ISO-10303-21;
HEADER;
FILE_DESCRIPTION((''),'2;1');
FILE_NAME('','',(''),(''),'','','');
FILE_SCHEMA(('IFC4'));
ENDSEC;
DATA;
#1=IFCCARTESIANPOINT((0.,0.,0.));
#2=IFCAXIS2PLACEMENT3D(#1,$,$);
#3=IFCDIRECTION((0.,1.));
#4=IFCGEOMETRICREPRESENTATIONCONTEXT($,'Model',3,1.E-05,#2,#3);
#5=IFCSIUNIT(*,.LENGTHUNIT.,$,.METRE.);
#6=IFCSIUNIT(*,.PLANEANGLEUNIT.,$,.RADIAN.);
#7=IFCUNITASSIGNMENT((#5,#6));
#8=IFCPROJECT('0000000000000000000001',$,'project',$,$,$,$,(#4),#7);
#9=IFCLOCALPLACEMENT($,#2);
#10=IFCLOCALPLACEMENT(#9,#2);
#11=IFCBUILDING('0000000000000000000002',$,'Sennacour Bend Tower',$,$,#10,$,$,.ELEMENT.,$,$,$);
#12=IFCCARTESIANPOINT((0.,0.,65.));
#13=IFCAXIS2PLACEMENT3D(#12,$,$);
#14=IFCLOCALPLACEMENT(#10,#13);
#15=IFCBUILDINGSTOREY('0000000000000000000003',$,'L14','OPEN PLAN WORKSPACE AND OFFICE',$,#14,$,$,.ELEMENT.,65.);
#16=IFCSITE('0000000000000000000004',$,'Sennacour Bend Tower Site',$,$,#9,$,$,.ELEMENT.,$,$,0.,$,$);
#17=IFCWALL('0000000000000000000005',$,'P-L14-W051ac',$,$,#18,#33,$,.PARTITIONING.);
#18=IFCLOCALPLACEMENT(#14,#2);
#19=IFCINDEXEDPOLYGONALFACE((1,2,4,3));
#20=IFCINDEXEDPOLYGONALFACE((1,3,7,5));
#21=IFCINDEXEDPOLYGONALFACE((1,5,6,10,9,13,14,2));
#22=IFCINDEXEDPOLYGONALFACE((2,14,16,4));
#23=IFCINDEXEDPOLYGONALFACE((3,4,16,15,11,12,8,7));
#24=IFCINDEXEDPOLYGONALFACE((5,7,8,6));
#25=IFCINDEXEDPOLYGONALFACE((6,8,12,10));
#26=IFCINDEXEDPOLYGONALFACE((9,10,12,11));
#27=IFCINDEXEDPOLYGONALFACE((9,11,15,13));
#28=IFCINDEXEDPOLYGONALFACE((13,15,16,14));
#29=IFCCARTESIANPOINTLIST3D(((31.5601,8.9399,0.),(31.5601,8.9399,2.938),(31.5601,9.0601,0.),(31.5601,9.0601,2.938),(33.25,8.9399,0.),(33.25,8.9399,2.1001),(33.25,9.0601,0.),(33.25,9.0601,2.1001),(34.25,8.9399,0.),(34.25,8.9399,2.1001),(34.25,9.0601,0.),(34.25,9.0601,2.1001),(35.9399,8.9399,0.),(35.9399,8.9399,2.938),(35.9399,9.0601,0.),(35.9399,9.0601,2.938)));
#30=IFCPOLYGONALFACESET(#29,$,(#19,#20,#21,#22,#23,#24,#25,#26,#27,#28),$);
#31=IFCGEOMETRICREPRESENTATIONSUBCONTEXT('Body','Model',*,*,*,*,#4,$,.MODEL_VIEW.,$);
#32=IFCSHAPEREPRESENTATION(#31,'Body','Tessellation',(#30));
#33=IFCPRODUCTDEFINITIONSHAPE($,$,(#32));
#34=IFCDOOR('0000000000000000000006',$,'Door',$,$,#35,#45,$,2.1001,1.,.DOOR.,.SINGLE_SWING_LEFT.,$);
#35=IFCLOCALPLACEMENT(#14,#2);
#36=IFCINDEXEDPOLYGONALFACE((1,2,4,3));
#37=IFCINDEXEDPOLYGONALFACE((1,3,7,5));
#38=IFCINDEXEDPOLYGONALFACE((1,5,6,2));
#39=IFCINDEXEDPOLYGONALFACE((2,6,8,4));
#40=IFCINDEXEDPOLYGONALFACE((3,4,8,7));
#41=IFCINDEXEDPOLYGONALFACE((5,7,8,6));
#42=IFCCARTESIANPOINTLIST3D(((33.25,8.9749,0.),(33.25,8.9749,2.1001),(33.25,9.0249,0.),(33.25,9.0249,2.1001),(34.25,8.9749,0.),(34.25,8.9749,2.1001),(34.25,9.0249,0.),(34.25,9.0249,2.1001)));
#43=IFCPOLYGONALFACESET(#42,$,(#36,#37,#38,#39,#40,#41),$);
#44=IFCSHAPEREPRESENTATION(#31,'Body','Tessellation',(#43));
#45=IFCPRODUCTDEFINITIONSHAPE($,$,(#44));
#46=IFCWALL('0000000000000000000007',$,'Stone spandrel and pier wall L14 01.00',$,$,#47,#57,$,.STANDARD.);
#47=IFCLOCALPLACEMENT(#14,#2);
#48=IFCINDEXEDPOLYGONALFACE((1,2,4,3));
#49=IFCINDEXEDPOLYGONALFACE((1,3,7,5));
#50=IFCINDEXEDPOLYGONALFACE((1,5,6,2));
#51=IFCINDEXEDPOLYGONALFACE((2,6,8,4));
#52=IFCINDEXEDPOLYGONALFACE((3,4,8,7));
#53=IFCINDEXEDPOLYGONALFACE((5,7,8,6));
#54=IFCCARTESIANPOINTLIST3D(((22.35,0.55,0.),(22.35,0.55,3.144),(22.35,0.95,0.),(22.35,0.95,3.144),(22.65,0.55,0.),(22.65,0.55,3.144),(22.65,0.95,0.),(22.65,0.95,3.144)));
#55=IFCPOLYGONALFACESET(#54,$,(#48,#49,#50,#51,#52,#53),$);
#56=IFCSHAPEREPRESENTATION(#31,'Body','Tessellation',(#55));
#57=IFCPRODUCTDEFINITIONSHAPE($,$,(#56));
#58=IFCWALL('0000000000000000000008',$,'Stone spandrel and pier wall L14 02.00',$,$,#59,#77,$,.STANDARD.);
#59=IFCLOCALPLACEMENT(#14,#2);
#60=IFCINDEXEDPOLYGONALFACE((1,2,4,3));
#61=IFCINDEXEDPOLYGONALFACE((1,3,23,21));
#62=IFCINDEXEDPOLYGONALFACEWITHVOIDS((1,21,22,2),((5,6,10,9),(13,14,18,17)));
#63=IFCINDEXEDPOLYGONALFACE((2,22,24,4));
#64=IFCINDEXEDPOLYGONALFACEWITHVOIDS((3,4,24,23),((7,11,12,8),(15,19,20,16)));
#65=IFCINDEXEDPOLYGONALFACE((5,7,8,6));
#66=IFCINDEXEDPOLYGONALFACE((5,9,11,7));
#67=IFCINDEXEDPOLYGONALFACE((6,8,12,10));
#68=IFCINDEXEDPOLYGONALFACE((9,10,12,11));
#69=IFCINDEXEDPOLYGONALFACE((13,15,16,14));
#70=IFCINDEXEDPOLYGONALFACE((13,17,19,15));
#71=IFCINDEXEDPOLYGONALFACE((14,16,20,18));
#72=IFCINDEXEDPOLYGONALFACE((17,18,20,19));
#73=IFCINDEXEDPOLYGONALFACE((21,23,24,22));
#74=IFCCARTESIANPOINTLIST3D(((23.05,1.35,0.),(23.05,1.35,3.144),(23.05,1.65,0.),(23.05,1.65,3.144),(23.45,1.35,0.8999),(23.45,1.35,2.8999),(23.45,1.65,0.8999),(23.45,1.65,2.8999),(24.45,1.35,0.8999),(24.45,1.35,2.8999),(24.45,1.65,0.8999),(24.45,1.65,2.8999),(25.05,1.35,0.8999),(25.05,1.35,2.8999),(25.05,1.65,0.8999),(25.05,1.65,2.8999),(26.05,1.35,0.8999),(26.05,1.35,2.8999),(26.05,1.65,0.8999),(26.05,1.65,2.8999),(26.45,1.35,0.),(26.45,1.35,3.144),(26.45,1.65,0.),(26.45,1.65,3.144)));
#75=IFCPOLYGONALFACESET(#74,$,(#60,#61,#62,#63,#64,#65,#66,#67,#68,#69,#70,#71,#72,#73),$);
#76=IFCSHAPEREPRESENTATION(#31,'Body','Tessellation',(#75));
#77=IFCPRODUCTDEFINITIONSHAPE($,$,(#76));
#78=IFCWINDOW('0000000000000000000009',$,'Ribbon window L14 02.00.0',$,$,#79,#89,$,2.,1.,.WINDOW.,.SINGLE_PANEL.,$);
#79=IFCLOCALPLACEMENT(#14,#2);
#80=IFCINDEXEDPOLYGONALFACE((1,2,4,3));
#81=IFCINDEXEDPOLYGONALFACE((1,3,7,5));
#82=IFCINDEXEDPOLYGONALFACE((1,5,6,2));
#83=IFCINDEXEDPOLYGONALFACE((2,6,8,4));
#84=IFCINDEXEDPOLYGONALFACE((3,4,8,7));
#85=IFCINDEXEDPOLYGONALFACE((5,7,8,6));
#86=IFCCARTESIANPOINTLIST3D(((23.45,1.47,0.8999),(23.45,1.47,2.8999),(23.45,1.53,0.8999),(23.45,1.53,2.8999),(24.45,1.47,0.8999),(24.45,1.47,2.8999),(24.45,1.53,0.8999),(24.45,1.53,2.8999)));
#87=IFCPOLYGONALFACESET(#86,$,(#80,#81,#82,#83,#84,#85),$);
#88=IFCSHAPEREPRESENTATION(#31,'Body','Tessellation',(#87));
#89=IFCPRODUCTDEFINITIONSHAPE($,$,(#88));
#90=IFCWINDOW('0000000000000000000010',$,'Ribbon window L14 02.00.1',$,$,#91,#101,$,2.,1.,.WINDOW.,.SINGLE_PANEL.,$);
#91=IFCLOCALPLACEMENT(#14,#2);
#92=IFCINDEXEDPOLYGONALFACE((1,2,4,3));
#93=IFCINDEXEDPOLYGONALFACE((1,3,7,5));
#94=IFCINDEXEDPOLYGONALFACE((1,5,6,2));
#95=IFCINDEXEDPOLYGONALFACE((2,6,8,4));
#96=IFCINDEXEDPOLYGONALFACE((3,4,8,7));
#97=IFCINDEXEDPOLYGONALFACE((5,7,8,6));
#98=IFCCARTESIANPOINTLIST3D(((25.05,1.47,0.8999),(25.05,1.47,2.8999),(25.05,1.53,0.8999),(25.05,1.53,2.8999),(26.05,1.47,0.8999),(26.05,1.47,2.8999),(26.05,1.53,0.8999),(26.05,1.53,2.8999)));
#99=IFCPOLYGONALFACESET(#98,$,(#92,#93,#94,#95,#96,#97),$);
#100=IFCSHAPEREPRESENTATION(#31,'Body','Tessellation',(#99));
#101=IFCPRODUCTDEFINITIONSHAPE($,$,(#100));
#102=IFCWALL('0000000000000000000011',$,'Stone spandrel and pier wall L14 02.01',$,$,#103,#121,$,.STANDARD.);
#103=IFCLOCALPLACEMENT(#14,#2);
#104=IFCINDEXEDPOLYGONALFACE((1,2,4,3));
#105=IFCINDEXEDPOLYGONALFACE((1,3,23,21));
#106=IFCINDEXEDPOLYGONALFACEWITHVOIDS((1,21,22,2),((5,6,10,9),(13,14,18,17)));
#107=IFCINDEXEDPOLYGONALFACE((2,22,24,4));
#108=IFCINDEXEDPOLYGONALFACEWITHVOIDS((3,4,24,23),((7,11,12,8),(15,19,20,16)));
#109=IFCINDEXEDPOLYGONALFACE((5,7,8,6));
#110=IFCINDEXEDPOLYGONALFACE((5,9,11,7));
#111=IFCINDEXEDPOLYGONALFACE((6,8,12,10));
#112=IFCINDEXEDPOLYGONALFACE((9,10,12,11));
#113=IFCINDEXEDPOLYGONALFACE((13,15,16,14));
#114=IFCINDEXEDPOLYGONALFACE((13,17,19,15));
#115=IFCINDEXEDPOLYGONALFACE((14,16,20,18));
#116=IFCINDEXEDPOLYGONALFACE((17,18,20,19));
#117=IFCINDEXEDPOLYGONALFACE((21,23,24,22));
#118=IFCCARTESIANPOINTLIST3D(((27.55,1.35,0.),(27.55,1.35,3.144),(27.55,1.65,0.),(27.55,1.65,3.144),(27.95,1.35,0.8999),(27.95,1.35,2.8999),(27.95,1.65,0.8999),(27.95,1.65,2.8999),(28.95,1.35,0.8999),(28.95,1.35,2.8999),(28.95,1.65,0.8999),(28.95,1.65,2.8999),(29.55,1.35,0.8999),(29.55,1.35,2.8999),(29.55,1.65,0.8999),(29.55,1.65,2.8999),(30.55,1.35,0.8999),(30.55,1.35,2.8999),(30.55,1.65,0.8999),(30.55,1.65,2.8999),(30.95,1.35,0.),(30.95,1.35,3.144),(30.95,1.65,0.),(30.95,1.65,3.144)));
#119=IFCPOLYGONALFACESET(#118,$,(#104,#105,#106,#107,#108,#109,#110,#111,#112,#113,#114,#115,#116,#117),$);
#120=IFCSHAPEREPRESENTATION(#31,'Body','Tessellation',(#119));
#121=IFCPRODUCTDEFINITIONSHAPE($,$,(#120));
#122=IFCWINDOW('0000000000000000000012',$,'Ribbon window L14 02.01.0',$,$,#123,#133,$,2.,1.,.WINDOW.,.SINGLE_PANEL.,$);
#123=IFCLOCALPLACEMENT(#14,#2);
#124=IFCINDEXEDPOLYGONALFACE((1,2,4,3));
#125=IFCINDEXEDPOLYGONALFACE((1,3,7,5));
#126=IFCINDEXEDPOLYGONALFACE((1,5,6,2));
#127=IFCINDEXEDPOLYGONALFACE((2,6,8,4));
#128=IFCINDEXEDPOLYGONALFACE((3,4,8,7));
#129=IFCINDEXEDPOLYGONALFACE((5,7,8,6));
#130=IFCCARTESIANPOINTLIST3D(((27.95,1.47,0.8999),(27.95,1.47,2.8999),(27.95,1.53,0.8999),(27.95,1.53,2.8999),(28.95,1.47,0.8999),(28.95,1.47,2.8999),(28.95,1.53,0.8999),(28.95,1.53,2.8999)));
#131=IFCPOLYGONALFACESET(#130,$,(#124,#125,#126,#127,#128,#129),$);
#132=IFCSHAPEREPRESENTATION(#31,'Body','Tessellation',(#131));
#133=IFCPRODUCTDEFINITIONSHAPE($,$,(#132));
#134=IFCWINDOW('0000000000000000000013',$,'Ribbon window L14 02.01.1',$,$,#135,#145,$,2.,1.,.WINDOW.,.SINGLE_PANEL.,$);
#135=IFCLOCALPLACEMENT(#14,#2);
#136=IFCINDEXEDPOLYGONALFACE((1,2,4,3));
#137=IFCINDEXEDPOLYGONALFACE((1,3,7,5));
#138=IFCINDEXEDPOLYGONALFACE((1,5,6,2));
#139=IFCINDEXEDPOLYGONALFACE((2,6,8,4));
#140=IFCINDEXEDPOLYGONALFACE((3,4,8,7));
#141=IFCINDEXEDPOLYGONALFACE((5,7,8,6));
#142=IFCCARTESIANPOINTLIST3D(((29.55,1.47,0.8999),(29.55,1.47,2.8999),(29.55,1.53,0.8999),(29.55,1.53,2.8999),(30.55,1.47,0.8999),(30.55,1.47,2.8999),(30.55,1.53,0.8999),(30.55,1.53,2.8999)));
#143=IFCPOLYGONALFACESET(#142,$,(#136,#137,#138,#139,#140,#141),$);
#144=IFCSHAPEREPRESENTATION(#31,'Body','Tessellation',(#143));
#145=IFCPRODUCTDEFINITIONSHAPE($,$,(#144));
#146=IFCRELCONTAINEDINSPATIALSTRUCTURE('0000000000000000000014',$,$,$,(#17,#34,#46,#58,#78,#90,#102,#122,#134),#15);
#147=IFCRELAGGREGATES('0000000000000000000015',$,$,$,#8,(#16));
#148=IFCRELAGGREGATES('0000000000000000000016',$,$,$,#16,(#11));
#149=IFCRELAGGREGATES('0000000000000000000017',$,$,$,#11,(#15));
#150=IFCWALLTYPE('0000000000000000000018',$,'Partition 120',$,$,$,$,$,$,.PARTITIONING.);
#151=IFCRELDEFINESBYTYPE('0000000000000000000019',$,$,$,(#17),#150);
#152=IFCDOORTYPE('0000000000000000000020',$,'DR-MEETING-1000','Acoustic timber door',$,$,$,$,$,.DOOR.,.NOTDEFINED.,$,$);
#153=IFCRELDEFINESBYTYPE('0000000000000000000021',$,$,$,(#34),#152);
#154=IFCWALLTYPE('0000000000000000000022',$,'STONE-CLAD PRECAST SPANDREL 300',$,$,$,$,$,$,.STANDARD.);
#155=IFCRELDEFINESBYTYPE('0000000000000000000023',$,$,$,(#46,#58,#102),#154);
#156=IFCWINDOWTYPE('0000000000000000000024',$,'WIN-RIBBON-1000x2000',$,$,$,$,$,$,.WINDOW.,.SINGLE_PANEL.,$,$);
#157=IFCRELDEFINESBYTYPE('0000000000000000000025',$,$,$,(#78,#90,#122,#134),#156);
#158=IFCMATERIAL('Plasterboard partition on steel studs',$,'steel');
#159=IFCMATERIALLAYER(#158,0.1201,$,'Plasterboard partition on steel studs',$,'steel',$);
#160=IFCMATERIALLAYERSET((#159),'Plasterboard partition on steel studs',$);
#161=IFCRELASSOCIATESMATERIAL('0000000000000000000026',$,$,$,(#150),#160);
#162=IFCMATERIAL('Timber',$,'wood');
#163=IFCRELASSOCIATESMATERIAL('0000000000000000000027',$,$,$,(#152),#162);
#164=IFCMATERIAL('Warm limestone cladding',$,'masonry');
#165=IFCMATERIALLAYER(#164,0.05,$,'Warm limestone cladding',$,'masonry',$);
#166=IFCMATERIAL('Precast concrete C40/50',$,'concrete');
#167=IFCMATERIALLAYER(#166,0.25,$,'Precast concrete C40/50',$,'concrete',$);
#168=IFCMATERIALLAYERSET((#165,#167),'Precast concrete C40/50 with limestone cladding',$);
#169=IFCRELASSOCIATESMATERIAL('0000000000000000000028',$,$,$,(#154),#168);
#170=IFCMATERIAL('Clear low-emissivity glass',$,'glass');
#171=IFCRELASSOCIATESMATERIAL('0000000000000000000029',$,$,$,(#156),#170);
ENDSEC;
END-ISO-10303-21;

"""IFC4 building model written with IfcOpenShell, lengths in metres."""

from ifc_helpers import new_model, si_unit, direction, frame, frame_2d, origin, place, context, subcontext, project, spatial, rectangle, extrude, material, layer, layer_set, type_object, element, fill, save


model = new_model("IFC4")

# Units and contexts
model_context = context("Model", 3, precision=1e-05, world=origin(), true_north=direction((0.0, 1.0)))
body_context = subcontext(model_context, "Body", "Model", "MODEL_VIEW")
ifc_project = project(units=[si_unit("LENGTHUNIT", "METRE"), si_unit("PLANEANGLEUNIT", "RADIAN")], contexts=[model_context])

# Site, building, storey
site_placement = place(None, origin())
site = spatial("IfcSite", under=ifc_project, at=site_placement, Name="Sennacour Bend Tower Site", CompositionType="ELEMENT", RefElevation=0.0)
building_placement = place(site_placement, origin())
building = spatial("IfcBuilding", under=site, at=building_placement, Name="Sennacour Bend Tower", CompositionType="ELEMENT")
storey_placement = place(building_placement, frame((0.0, 0.0, 65.0)))
storey = spatial("IfcBuildingStorey", under=building, at=storey_placement, Name="L14", Description="OPEN PLAN WORKSPACE AND OFFICE", CompositionType="ELEMENT", Elevation=65.0)

# Shared definitions
ifc_material_1 = material(Name="Plasterboard partition on steel studs", Category="steel")
ifc_layer_1 = layer(ifc_material_1, 0.1201, Name="Plasterboard partition on steel studs", Category="steel")
ifc_layer_set_1 = layer_set([ifc_layer_1], Name="Plasterboard partition on steel studs")
wall_type_1 = type_object("IfcWallType", Name="Partition 120", PredefinedType="PARTITIONING", material=ifc_layer_set_1)

# Wall, opening, door
wall_1_placement = place(storey_placement, frame((31.5601, 9.0, 0.0), z_axis=(0.0, 0.0, 1.0), x_axis=(1.0, 0.0, 0.0)))
wall_1 = element("IfcWall", 1, at=wall_1_placement, inside=storey, type_object=wall_type_1, Name="P-L14-W051ac", PredefinedType="PARTITIONING", context=body_context, shape_type="SweptSolid", body=[
    extrude(rectangle(XDim=4.3799, YDim=0.1201, at=frame_2d((2.1899, 0.0))), origin(), (0.0, 0.0, 1.0), 2.938),
])
opening_1_placement = place(wall_1_placement, frame((1.6899, 0.0, 0.0)))
opening_1 = element("IfcOpeningElement", 2, at=opening_1_placement, cuts=wall_1, PredefinedType="OPENING", context=body_context, shape_type="SweptSolid", body=[
    extrude(rectangle(XDim=1.0, YDim=2.1001, at=frame_2d((0.5, 1.05))), frame((0.0, 0.0701, 0.0), z_axis=(0.0, -1.0, 0.0), x_axis=(1.0, 0.0, 0.0)), (0.0, 0.0, 1.0), 0.1401),
])
ifc_material_2 = material(Name="Timber", Category="wood")
door_type = type_object("IfcDoorType", Name="DR-MEETING-1000", Description="Acoustic timber door", OperationType="NOTDEFINED", PredefinedType="DOOR", material=ifc_material_2)
door_placement = place(opening_1_placement, origin())
door = element("IfcDoor", 3, at=door_placement, inside=storey, type_object=door_type, Name="Door", OperationType="SINGLE_SWING_LEFT", OverallHeight=2.1001, OverallWidth=1.0, PredefinedType="DOOR", context=body_context, shape_type="SweptSolid", body=[
    extrude(rectangle(XDim=1.0, YDim=2.1001, at=frame_2d((0.5, 1.05))), frame((0.0, 0.0249, 0.0), z_axis=(0.0, -1.0, 0.0), x_axis=(1.0, 0.0, 0.0)), (0.0, 0.0, 1.0), 0.05),
])
fill(opening_1, door)

# Wall
ifc_material_3 = material(Name="Warm limestone cladding", Category="masonry")
ifc_layer_2 = layer(ifc_material_3, 0.05, Name="Warm limestone cladding", Category="masonry")
ifc_material_4 = material(Name="Precast concrete C40/50", Category="concrete")
ifc_layer_3 = layer(ifc_material_4, 0.25, Name="Precast concrete C40/50", Category="concrete")
ifc_layer_set_2 = layer_set([ifc_layer_2, ifc_layer_3], Name="Precast concrete C40/50 with limestone cladding")
wall_type_2 = type_object("IfcWallType", Name="STONE-CLAD PRECAST SPANDREL 300", PredefinedType="STANDARD", material=ifc_layer_set_2)
wall_2_placement = place(storey_placement, frame((22.5, 0.55, 0.0), z_axis=(0.0, 0.0, 1.0), x_axis=(0.0, 1.0, 0.0)))
element("IfcWall", 4, at=wall_2_placement, inside=storey, type_object=wall_type_2, Name="Stone spandrel and pier wall L14 01.00", PredefinedType="STANDARD", context=body_context, shape_type="SweptSolid", body=[
    extrude(rectangle(XDim=0.3999, YDim=0.3, at=frame_2d((0.2, 0.0))), origin(), (0.0, 0.0, 1.0), 3.144),
])

# Walls, openings, windows
wall_3_placement = place(storey_placement, frame((23.05, 1.5, 0.0), z_axis=(0.0, 0.0, 1.0), x_axis=(1.0, 0.0, 0.0)))
wall_3 = element("IfcWall", 5, at=wall_3_placement, inside=storey, type_object=wall_type_2, Name="Stone spandrel and pier wall L14 02.00", PredefinedType="STANDARD", context=body_context, shape_type="SweptSolid", body=[
    extrude(rectangle(XDim=3.3999, YDim=0.3, at=frame_2d((1.7, 0.0))), origin(), (0.0, 0.0, 1.0), 3.144),
])
opening_2_placement = place(wall_3_placement, frame((0.3999, 0.0, 0.8999)))
opening_2 = element("IfcOpeningElement", 6, at=opening_2_placement, cuts=wall_3, PredefinedType="OPENING", context=body_context, shape_type="SweptSolid", body=[
    extrude(rectangle(XDim=1.0, YDim=2.0, at=frame_2d((0.5, 1.0))), frame((0.0, 0.1602, 0.0), z_axis=(0.0, -1.0, 0.0), x_axis=(1.0, 0.0, 0.0)), (0.0, 0.0, 1.0), 0.3201),
])
opening_3_placement = place(wall_3_placement, frame((2.0, 0.0, 0.8999)))
opening_3 = element("IfcOpeningElement", 7, at=opening_3_placement, cuts=wall_3, PredefinedType="OPENING", context=body_context, shape_type="SweptSolid", body=[
    extrude(rectangle(XDim=1.0, YDim=2.0, at=frame_2d((0.5, 1.0))), frame((0.0, 0.1602, 0.0), z_axis=(0.0, -1.0, 0.0), x_axis=(1.0, 0.0, 0.0)), (0.0, 0.0, 1.0), 0.3201),
])
ifc_material_5 = material(Name="Clear low-emissivity glass", Category="glass")
window_type = type_object("IfcWindowType", Name="WIN-RIBBON-1000x2000", PartitioningType="SINGLE_PANEL", PredefinedType="WINDOW", material=ifc_material_5)
window_1_placement = place(opening_2_placement, origin())
window_1 = element("IfcWindow", 8, at=window_1_placement, inside=storey, type_object=window_type, Name="Ribbon window L14 02.00.0", OverallHeight=2.0, OverallWidth=1.0, PartitioningType="SINGLE_PANEL", PredefinedType="WINDOW", context=body_context, shape_type="SweptSolid", body=[
    extrude(rectangle(XDim=1.0, YDim=2.0, at=frame_2d((0.5, 1.0))), frame((0.0, 0.03, 0.0), z_axis=(0.0, -1.0, 0.0), x_axis=(1.0, 0.0, 0.0)), (0.0, 0.0, 1.0), 0.0601),
])
fill(opening_2, window_1)
window_2_placement = place(opening_3_placement, origin())
window_2 = element("IfcWindow", 9, at=window_2_placement, inside=storey, type_object=window_type, Name="Ribbon window L14 02.00.1", OverallHeight=2.0, OverallWidth=1.0, PartitioningType="SINGLE_PANEL", PredefinedType="WINDOW", context=body_context, shape_type="SweptSolid", body=[
    extrude(rectangle(XDim=1.0, YDim=2.0, at=frame_2d((0.5, 1.0))), frame((0.0, 0.03, 0.0), z_axis=(0.0, -1.0, 0.0), x_axis=(1.0, 0.0, 0.0)), (0.0, 0.0, 1.0), 0.0601),
])
fill(opening_3, window_2)
wall_4_placement = place(storey_placement, frame((27.55, 1.5, 0.0), z_axis=(0.0, 0.0, 1.0), x_axis=(1.0, 0.0, 0.0)))
wall_4 = element("IfcWall", 10, at=wall_4_placement, inside=storey, type_object=wall_type_2, Name="Stone spandrel and pier wall L14 02.01", PredefinedType="STANDARD", context=body_context, shape_type="SweptSolid", body=[
    extrude(rectangle(XDim=3.3999, YDim=0.3, at=frame_2d((1.7, 0.0))), origin(), (0.0, 0.0, 1.0), 3.144),
])
opening_4_placement = place(wall_4_placement, frame((0.3999, 0.0, 0.8999)))
opening_4 = element("IfcOpeningElement", 11, at=opening_4_placement, cuts=wall_4, PredefinedType="OPENING", context=body_context, shape_type="SweptSolid", body=[
    extrude(rectangle(XDim=1.0, YDim=2.0, at=frame_2d((0.5, 1.0))), frame((0.0, 0.1602, 0.0), z_axis=(0.0, -1.0, 0.0), x_axis=(1.0, 0.0, 0.0)), (0.0, 0.0, 1.0), 0.3201),
])
opening_5_placement = place(wall_4_placement, frame((2.0, 0.0, 0.8999)))
opening_5 = element("IfcOpeningElement", 12, at=opening_5_placement, cuts=wall_4, PredefinedType="OPENING", context=body_context, shape_type="SweptSolid", body=[
    extrude(rectangle(XDim=1.0, YDim=2.0, at=frame_2d((0.5, 1.0))), frame((0.0, 0.1602, 0.0), z_axis=(0.0, -1.0, 0.0), x_axis=(1.0, 0.0, 0.0)), (0.0, 0.0, 1.0), 0.3201),
])
window_3_placement = place(opening_4_placement, origin())
window_3 = element("IfcWindow", 13, at=window_3_placement, inside=storey, type_object=window_type, Name="Ribbon window L14 02.01.0", OverallHeight=2.0, OverallWidth=1.0, PartitioningType="SINGLE_PANEL", PredefinedType="WINDOW", context=body_context, shape_type="SweptSolid", body=[
    extrude(rectangle(XDim=1.0, YDim=2.0, at=frame_2d((0.5, 1.0))), frame((0.0, 0.03, 0.0), z_axis=(0.0, -1.0, 0.0), x_axis=(1.0, 0.0, 0.0)), (0.0, 0.0, 1.0), 0.0601),
])
fill(opening_4, window_3)
window_4_placement = place(opening_5_placement, origin())
window_4 = element("IfcWindow", 14, at=window_4_placement, inside=storey, type_object=window_type, Name="Ribbon window L14 02.01.1", OverallHeight=2.0, OverallWidth=1.0, PartitioningType="SINGLE_PANEL", PredefinedType="WINDOW", context=body_context, shape_type="SweptSolid", body=[
    extrude(rectangle(XDim=1.0, YDim=2.0, at=frame_2d((0.5, 1.0))), frame((0.0, 0.03, 0.0), z_axis=(0.0, -1.0, 0.0), x_axis=(1.0, 0.0, 0.0)), (0.0, 0.0, 1.0), 0.0601),
])
fill(opening_5, window_4)

save(model, "model.ifc")
